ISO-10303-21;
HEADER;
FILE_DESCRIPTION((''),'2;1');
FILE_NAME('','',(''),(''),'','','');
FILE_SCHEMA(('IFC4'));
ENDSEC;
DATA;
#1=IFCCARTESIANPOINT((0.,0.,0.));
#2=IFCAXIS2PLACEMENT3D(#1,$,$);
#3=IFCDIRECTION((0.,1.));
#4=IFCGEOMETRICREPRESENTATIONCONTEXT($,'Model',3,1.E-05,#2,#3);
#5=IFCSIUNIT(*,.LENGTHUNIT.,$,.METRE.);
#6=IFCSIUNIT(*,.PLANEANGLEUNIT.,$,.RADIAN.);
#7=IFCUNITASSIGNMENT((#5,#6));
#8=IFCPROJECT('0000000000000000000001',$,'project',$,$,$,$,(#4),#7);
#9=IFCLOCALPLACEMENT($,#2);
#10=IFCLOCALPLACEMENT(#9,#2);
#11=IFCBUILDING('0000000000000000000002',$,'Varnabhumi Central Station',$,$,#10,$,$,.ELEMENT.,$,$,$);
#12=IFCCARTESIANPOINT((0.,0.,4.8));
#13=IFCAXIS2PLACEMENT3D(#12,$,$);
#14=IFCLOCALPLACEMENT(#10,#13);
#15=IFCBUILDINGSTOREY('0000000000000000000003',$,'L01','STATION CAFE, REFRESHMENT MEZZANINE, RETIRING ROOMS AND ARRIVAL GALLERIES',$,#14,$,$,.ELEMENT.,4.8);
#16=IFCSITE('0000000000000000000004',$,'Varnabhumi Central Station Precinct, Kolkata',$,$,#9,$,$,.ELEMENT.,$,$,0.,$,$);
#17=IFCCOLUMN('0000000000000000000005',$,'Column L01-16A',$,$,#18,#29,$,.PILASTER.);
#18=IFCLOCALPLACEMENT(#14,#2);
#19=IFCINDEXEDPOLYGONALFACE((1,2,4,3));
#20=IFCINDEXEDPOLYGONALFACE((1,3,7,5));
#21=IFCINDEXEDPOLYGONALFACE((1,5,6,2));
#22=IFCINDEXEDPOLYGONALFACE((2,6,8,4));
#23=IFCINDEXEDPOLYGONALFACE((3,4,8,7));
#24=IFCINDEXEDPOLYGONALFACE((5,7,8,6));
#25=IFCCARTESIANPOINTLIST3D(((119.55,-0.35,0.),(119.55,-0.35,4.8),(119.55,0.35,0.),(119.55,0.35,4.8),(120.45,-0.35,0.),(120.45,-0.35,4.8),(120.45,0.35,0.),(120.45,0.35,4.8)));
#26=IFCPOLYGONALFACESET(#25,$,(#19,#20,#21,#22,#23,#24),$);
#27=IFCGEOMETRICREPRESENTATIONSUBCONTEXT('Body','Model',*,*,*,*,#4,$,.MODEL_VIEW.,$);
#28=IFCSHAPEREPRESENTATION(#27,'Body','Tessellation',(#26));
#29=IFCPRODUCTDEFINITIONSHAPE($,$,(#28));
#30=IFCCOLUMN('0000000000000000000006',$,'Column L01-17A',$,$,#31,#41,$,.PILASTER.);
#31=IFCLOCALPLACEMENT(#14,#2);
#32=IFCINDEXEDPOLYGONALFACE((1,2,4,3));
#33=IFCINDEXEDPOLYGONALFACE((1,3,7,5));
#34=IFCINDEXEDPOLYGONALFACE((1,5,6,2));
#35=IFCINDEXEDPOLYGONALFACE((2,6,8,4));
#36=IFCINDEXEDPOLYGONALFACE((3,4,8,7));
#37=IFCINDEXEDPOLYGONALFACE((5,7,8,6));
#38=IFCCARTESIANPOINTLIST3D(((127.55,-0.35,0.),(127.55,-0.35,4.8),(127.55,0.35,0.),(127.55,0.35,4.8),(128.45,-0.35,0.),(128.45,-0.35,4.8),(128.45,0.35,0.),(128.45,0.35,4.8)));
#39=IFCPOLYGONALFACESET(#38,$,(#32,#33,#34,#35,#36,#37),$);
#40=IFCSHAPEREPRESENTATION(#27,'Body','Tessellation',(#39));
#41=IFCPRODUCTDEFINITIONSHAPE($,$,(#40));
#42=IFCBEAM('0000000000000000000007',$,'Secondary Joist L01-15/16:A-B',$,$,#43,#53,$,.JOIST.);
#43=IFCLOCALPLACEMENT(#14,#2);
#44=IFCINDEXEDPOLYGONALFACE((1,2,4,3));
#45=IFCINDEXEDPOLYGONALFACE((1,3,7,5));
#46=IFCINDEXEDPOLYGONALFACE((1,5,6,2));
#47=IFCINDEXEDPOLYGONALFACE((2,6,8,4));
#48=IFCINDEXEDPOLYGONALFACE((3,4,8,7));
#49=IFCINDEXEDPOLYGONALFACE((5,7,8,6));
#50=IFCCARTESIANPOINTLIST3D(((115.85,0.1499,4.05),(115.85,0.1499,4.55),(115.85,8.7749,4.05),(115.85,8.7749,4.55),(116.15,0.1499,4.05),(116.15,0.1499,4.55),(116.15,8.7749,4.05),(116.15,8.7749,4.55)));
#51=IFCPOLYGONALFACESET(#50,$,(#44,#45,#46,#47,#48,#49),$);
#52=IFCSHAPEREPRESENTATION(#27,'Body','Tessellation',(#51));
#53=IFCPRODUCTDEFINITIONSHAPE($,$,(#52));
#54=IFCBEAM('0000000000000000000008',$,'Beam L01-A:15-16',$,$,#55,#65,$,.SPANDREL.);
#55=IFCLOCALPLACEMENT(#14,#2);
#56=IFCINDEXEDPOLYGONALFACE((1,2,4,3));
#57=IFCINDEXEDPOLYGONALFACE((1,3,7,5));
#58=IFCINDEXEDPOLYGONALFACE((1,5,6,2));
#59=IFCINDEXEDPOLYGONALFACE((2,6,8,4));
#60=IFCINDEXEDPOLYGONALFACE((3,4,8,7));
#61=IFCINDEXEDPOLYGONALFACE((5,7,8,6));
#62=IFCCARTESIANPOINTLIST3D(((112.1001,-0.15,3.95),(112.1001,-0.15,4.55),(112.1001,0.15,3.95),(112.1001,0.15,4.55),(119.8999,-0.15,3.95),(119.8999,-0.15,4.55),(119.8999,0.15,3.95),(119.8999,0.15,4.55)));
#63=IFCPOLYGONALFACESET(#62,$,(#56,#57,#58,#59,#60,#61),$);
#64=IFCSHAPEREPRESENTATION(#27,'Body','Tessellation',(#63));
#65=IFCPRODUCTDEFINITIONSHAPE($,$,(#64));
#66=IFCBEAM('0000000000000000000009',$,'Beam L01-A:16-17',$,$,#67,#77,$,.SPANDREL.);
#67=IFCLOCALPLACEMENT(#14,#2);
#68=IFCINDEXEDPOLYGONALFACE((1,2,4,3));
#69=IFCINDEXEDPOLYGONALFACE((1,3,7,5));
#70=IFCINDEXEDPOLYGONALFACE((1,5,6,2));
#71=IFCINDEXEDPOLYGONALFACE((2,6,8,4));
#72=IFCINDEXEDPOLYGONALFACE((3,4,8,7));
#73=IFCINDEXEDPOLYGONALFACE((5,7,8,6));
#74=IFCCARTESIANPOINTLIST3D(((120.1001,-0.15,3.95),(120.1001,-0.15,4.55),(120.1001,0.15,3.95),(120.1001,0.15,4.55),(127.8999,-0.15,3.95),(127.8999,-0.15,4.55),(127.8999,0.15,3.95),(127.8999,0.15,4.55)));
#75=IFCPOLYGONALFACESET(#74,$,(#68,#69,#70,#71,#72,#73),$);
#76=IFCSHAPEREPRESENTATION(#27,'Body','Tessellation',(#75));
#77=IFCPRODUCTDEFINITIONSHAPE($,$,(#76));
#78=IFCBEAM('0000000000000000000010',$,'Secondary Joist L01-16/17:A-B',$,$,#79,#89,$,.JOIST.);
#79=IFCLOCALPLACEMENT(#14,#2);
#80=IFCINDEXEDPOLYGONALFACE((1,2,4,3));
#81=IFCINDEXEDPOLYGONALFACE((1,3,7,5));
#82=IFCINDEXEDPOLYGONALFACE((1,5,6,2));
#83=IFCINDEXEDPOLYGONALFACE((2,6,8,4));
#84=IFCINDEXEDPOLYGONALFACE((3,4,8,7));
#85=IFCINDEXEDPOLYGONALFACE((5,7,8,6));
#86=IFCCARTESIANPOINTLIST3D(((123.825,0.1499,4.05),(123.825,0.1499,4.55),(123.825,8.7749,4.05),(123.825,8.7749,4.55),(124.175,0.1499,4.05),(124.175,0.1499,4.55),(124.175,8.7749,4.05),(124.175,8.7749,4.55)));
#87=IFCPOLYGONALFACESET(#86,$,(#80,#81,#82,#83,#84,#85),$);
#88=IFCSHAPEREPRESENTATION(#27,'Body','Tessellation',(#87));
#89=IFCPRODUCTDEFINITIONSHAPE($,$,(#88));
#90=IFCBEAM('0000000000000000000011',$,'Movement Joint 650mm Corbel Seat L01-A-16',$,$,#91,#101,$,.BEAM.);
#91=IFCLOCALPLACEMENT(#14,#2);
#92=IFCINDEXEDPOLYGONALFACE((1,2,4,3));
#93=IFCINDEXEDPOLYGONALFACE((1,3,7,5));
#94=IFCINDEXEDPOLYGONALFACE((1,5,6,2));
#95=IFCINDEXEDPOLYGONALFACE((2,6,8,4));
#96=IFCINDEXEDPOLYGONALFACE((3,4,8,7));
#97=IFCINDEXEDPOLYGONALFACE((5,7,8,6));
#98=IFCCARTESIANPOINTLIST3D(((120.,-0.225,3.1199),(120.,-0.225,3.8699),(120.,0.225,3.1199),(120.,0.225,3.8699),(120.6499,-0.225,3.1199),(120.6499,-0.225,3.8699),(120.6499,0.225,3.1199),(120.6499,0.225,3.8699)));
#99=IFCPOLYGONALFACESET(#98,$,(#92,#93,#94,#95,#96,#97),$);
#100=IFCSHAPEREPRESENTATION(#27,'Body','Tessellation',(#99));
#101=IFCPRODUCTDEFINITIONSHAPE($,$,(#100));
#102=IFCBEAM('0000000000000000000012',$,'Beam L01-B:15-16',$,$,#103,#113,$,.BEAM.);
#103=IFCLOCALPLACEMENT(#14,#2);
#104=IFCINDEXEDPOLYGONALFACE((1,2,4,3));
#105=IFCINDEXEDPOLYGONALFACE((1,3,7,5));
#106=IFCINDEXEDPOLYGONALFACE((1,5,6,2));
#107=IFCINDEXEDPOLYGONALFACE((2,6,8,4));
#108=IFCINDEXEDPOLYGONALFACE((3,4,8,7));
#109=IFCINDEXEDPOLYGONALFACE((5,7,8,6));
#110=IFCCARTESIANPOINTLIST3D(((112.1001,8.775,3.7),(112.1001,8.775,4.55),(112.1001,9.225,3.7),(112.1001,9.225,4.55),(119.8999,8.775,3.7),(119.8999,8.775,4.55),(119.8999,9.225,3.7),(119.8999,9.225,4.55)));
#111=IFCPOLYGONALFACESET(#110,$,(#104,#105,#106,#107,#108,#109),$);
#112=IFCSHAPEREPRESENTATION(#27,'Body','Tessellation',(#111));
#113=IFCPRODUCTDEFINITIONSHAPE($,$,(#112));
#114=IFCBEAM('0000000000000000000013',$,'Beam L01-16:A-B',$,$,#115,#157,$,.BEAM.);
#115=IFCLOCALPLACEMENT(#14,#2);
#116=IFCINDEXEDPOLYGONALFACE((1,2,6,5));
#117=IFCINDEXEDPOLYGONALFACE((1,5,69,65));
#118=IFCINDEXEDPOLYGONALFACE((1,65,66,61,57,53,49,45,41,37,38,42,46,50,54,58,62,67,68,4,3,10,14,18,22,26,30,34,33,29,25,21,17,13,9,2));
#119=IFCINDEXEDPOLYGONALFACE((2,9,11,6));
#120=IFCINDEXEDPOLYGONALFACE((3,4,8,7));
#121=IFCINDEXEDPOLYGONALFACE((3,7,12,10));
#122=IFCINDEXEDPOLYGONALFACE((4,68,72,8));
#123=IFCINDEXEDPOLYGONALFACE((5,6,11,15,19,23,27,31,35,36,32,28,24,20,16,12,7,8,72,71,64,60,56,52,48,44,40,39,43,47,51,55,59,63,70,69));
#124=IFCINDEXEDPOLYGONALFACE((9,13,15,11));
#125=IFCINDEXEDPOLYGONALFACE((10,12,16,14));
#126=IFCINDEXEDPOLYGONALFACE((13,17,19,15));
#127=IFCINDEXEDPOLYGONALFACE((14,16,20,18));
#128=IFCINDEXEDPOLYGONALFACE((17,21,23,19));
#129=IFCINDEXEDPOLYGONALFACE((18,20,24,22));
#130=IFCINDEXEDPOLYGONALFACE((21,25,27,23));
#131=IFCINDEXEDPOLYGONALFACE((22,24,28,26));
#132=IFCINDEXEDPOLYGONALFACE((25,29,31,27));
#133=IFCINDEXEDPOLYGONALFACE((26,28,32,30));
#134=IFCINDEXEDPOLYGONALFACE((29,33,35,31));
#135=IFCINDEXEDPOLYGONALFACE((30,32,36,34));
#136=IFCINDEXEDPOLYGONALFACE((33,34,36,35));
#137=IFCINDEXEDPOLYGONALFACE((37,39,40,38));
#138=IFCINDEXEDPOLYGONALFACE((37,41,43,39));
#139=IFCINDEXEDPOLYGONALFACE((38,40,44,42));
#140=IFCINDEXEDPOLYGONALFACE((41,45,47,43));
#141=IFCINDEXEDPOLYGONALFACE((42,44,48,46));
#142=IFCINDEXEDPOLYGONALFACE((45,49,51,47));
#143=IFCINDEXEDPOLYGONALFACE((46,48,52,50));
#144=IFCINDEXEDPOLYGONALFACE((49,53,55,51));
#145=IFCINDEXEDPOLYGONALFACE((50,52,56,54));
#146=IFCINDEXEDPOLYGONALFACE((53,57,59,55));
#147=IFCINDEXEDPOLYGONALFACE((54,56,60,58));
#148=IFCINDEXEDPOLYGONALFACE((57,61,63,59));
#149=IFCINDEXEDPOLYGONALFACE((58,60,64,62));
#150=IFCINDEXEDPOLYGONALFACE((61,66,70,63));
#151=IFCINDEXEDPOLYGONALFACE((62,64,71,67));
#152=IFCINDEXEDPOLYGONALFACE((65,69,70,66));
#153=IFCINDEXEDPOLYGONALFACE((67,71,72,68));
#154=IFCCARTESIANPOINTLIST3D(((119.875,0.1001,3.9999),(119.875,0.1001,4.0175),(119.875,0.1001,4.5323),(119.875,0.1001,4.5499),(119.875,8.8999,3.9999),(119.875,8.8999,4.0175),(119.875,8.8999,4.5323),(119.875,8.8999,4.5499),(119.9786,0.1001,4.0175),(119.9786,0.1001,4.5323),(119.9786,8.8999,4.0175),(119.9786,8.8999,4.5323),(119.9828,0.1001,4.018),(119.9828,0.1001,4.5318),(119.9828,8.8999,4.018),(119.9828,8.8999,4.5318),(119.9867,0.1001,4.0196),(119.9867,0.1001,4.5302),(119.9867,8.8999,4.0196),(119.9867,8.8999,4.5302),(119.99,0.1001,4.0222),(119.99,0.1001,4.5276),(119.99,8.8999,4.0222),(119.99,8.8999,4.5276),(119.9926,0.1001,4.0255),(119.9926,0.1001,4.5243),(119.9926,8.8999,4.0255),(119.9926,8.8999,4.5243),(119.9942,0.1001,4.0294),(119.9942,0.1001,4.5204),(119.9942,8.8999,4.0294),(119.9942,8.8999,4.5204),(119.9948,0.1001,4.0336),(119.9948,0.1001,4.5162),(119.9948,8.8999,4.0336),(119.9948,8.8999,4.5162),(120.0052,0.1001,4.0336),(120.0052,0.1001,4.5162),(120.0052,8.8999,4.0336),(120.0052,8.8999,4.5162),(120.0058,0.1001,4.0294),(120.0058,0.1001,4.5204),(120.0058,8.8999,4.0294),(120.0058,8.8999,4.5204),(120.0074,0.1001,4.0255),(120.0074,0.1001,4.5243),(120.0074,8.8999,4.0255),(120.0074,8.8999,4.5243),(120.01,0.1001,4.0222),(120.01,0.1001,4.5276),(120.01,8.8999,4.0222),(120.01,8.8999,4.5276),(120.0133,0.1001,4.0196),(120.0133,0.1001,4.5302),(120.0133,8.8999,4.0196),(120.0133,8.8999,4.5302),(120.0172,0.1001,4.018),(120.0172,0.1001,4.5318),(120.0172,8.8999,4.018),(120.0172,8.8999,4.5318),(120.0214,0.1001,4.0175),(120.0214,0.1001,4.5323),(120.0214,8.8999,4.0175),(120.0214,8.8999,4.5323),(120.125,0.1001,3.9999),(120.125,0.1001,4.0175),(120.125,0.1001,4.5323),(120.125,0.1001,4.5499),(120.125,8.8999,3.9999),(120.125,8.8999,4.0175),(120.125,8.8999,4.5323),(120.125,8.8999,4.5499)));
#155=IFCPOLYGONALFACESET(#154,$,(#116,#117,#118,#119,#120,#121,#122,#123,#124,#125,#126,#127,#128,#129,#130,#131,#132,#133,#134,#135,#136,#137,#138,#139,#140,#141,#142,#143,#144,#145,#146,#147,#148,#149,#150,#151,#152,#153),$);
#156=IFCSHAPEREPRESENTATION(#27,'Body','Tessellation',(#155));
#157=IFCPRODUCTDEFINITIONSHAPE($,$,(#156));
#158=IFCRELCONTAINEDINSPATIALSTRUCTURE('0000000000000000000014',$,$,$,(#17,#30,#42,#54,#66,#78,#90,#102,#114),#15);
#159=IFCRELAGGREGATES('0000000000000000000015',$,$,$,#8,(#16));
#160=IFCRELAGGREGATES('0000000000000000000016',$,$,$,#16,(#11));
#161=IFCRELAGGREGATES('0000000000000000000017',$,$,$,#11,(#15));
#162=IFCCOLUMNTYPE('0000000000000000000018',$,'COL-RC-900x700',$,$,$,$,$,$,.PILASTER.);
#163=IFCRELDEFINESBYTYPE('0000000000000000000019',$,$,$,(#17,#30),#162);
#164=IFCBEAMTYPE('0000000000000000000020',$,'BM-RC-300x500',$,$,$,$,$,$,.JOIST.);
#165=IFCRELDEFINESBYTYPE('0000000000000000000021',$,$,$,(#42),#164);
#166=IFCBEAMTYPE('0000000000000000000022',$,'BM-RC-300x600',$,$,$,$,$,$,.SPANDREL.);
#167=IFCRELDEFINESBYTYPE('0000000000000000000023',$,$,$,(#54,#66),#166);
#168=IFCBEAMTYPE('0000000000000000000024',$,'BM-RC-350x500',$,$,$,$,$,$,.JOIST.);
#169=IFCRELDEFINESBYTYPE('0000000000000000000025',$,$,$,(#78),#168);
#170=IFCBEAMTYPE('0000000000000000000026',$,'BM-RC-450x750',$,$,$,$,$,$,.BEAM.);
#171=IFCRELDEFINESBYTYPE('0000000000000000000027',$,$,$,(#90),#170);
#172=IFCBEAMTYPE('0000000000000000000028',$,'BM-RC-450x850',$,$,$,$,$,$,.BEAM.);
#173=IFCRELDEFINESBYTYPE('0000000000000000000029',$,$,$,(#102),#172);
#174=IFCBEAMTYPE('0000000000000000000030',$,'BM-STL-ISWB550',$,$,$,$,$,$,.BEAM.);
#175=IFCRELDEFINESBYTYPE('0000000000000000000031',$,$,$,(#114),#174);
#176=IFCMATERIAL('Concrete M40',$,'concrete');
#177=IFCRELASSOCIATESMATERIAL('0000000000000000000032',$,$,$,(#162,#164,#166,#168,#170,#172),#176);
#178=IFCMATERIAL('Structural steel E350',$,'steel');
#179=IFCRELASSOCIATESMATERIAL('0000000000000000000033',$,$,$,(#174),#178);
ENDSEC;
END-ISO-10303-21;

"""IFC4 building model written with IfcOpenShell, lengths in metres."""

from ifc_helpers import new_model, si_unit, direction, frame, origin, origin_2d, place, context, subcontext, project, spatial, rectangle, i_section, extrude, material, material_profile, profile_set, type_object, element, save


model = new_model("IFC4")

# Units and contexts
model_context = context("Model", 3, precision=1e-05, world=origin(), true_north=direction((0.0, 1.0)))
body_context = subcontext(model_context, "Body", "Model", "MODEL_VIEW")
ifc_project = project(units=[si_unit("LENGTHUNIT", "METRE"), si_unit("PLANEANGLEUNIT", "RADIAN")], contexts=[model_context])

# Site, building, storey
site_placement = place(None, origin())
site = spatial("IfcSite", under=ifc_project, at=site_placement, Name="Varnabhumi Central Station Precinct, Kolkata", CompositionType="ELEMENT", RefElevation=0.0)
building_placement = place(site_placement, origin())
building = spatial("IfcBuilding", under=site, at=building_placement, Name="Varnabhumi Central Station", CompositionType="ELEMENT")
storey_placement = place(building_placement, frame((0.0, 0.0, 4.8)))
storey = spatial("IfcBuildingStorey", under=building, at=storey_placement, Name="L01", Description="STATION CAFE, REFRESHMENT MEZZANINE, RETIRING ROOMS AND ARRIVAL GALLERIES", CompositionType="ELEMENT", Elevation=4.8)

# Columns
ifc_material_1 = material(Name="Concrete M40", Category="concrete")
ifc_material_profile_1 = material_profile(ifc_material_1, rectangle(XDim=0.8999, YDim=0.7, at=origin_2d()), Name="Concrete M40", Category="concrete")
ifc_profile_set_1 = profile_set([ifc_material_profile_1], Name="Concrete M40")
column_type = type_object("IfcColumnType", Name="COL-RC-900x700", PredefinedType="PILASTER", material=ifc_profile_set_1)
for number, where, z_axis, x_axis, name in (
    (1, (120.0, 0.0, 0.0), (0.0, 0.0, 1.0), (1.0, 0.0, 0.0), "Column L01-16A"),
    (2, (128.0, 0.0, 0.0), (0.0, 0.0, 1.0), (1.0, 0.0, 0.0), "Column L01-17A"),
):
    element("IfcColumn", number, at=place(storey_placement, frame(where, z_axis=z_axis, x_axis=x_axis)), inside=storey, type_object=column_type, Name=name, PredefinedType="PILASTER", context=body_context, shape_type="SweptSolid", body=[
        extrude(rectangle(XDim=0.8999, YDim=0.7, at=origin_2d()), origin(), (0.0, 0.0, 1.0), 4.8),
    ])

# Beams
ifc_material_profile_2 = material_profile(ifc_material_1, rectangle(XDim=0.3, YDim=0.5, at=origin_2d()), Name="Concrete M40", Category="concrete")
ifc_profile_set_2 = profile_set([ifc_material_profile_2], Name="Concrete M40")
beam_type_1 = type_object("IfcBeamType", Name="BM-RC-300x500", PredefinedType="JOIST", material=ifc_profile_set_2)
beam_1_placement = place(storey_placement, frame((116.0, 0.1499, 4.3), z_axis=(0.0, 1.0, 0.0), x_axis=(-1.0, 0.0, 0.0)))
element("IfcBeam", 3, at=beam_1_placement, inside=storey, type_object=beam_type_1, Name="Secondary Joist L01-15/16:A-B", PredefinedType="JOIST", context=body_context, shape_type="SweptSolid", body=[
    extrude(rectangle(XDim=0.3, YDim=0.5, at=origin_2d()), origin(), (0.0, 0.0, 1.0), 8.625),
])
ifc_material_profile_3 = material_profile(ifc_material_1, rectangle(XDim=0.3, YDim=0.6001, at=origin_2d()), Name="Concrete M40", Category="concrete")
ifc_profile_set_3 = profile_set([ifc_material_profile_3], Name="Concrete M40")
beam_type_2 = type_object("IfcBeamType", Name="BM-RC-300x600", PredefinedType="SPANDREL", material=ifc_profile_set_3)
for number, where, z_axis, x_axis, name in (
    (4, (112.1001, 0.0, 4.25), (1.0, 0.0, 0.0), (0.0, 1.0, 0.0), "Beam L01-A:15-16"),
    (5, (120.1001, 0.0, 4.25), (1.0, 0.0, 0.0), (0.0, 1.0, 0.0), "Beam L01-A:16-17"),
):
    element("IfcBeam", number, at=place(storey_placement, frame(where, z_axis=z_axis, x_axis=x_axis)), inside=storey, type_object=beam_type_2, Name=name, PredefinedType="SPANDREL", context=body_context, shape_type="SweptSolid", body=[
        extrude(rectangle(XDim=0.3, YDim=0.6001, at=origin_2d()), origin(), (0.0, 0.0, 1.0), 7.7998),
    ])
ifc_material_profile_4 = material_profile(ifc_material_1, rectangle(XDim=0.3501, YDim=0.5, at=origin_2d()), Name="Concrete M40", Category="concrete")
ifc_profile_set_4 = profile_set([ifc_material_profile_4], Name="Concrete M40")
beam_type_3 = type_object("IfcBeamType", Name="BM-RC-350x500", PredefinedType="JOIST", material=ifc_profile_set_4)
beam_2_placement = place(storey_placement, frame((124.0, 0.1499, 4.3), z_axis=(0.0, 1.0, 0.0), x_axis=(-1.0, 0.0, 0.0)))
element("IfcBeam", 6, at=beam_2_placement, inside=storey, type_object=beam_type_3, Name="Secondary Joist L01-16/17:A-B", PredefinedType="JOIST", context=body_context, shape_type="SweptSolid", body=[
    extrude(rectangle(XDim=0.3501, YDim=0.5, at=origin_2d()), origin(), (0.0, 0.0, 1.0), 8.625),
])
ifc_material_profile_5 = material_profile(ifc_material_1, rectangle(XDim=0.45, YDim=0.75, at=origin_2d()), Name="Concrete M40", Category="concrete")
ifc_profile_set_5 = profile_set([ifc_material_profile_5], Name="Concrete M40")
beam_type_4 = type_object("IfcBeamType", Name="BM-RC-450x750", PredefinedType="BEAM", material=ifc_profile_set_5)
beam_3_placement = place(storey_placement, frame((120.0, 0.0, 3.4949), z_axis=(1.0, 0.0, 0.0), x_axis=(0.0, 1.0, 0.0)))
element("IfcBeam", 7, at=beam_3_placement, inside=storey, type_object=beam_type_4, Name="Movement Joint 650mm Corbel Seat L01-A-16", PredefinedType="BEAM", context=body_context, shape_type="SweptSolid", body=[
    extrude(rectangle(XDim=0.45, YDim=0.75, at=origin_2d()), origin(), (0.0, 0.0, 1.0), 0.6499),
])
ifc_material_profile_6 = material_profile(ifc_material_1, rectangle(XDim=0.45, YDim=0.8501, at=origin_2d()), Name="Concrete M40", Category="concrete")
ifc_profile_set_6 = profile_set([ifc_material_profile_6], Name="Concrete M40")
beam_type_5 = type_object("IfcBeamType", Name="BM-RC-450x850", PredefinedType="BEAM", material=ifc_profile_set_6)
beam_4_placement = place(storey_placement, frame((112.1001, 9.0, 4.125), z_axis=(1.0, 0.0, 0.0), x_axis=(0.0, 1.0, 0.0)))
element("IfcBeam", 8, at=beam_4_placement, inside=storey, type_object=beam_type_5, Name="Beam L01-B:15-16", PredefinedType="BEAM", context=body_context, shape_type="SweptSolid", body=[
    extrude(rectangle(XDim=0.45, YDim=0.8501, at=origin_2d()), origin(), (0.0, 0.0, 1.0), 7.7998),
])
ifc_material_2 = material(Name="Structural steel E350", Category="steel")
ifc_material_profile_7 = material_profile(ifc_material_2, i_section(OverallWidth=0.25, OverallDepth=0.55, WebThickness=0.0105, FlangeThickness=0.0176, FilletRadius=0.0161, at=origin_2d()), Name="Structural steel E350", Category="steel")
ifc_profile_set_7 = profile_set([ifc_material_profile_7], Name="Structural steel E350")
beam_type_6 = type_object("IfcBeamType", Name="BM-STL-ISWB550", PredefinedType="BEAM", material=ifc_profile_set_7)
for number, where, z_axis, x_axis, name in (
    (9, (120.0, 0.1001, 4.2749), (0.0, 1.0, 0.0), (-1.0, 0.0, 0.0), "Beam L01-16:A-B"),
):
    element("IfcBeam", number, at=place(storey_placement, frame(where, z_axis=z_axis, x_axis=x_axis)), inside=storey, type_object=beam_type_6, Name=name, PredefinedType="BEAM", context=body_context, shape_type="SweptSolid", body=[
        extrude(i_section(OverallWidth=0.25, OverallDepth=0.55, WebThickness=0.0105, FlangeThickness=0.0176, FilletRadius=0.0161, at=origin_2d()), origin(), (0.0, 0.0, 1.0), 8.7998),
    ])

save(model, "model.ifc")
